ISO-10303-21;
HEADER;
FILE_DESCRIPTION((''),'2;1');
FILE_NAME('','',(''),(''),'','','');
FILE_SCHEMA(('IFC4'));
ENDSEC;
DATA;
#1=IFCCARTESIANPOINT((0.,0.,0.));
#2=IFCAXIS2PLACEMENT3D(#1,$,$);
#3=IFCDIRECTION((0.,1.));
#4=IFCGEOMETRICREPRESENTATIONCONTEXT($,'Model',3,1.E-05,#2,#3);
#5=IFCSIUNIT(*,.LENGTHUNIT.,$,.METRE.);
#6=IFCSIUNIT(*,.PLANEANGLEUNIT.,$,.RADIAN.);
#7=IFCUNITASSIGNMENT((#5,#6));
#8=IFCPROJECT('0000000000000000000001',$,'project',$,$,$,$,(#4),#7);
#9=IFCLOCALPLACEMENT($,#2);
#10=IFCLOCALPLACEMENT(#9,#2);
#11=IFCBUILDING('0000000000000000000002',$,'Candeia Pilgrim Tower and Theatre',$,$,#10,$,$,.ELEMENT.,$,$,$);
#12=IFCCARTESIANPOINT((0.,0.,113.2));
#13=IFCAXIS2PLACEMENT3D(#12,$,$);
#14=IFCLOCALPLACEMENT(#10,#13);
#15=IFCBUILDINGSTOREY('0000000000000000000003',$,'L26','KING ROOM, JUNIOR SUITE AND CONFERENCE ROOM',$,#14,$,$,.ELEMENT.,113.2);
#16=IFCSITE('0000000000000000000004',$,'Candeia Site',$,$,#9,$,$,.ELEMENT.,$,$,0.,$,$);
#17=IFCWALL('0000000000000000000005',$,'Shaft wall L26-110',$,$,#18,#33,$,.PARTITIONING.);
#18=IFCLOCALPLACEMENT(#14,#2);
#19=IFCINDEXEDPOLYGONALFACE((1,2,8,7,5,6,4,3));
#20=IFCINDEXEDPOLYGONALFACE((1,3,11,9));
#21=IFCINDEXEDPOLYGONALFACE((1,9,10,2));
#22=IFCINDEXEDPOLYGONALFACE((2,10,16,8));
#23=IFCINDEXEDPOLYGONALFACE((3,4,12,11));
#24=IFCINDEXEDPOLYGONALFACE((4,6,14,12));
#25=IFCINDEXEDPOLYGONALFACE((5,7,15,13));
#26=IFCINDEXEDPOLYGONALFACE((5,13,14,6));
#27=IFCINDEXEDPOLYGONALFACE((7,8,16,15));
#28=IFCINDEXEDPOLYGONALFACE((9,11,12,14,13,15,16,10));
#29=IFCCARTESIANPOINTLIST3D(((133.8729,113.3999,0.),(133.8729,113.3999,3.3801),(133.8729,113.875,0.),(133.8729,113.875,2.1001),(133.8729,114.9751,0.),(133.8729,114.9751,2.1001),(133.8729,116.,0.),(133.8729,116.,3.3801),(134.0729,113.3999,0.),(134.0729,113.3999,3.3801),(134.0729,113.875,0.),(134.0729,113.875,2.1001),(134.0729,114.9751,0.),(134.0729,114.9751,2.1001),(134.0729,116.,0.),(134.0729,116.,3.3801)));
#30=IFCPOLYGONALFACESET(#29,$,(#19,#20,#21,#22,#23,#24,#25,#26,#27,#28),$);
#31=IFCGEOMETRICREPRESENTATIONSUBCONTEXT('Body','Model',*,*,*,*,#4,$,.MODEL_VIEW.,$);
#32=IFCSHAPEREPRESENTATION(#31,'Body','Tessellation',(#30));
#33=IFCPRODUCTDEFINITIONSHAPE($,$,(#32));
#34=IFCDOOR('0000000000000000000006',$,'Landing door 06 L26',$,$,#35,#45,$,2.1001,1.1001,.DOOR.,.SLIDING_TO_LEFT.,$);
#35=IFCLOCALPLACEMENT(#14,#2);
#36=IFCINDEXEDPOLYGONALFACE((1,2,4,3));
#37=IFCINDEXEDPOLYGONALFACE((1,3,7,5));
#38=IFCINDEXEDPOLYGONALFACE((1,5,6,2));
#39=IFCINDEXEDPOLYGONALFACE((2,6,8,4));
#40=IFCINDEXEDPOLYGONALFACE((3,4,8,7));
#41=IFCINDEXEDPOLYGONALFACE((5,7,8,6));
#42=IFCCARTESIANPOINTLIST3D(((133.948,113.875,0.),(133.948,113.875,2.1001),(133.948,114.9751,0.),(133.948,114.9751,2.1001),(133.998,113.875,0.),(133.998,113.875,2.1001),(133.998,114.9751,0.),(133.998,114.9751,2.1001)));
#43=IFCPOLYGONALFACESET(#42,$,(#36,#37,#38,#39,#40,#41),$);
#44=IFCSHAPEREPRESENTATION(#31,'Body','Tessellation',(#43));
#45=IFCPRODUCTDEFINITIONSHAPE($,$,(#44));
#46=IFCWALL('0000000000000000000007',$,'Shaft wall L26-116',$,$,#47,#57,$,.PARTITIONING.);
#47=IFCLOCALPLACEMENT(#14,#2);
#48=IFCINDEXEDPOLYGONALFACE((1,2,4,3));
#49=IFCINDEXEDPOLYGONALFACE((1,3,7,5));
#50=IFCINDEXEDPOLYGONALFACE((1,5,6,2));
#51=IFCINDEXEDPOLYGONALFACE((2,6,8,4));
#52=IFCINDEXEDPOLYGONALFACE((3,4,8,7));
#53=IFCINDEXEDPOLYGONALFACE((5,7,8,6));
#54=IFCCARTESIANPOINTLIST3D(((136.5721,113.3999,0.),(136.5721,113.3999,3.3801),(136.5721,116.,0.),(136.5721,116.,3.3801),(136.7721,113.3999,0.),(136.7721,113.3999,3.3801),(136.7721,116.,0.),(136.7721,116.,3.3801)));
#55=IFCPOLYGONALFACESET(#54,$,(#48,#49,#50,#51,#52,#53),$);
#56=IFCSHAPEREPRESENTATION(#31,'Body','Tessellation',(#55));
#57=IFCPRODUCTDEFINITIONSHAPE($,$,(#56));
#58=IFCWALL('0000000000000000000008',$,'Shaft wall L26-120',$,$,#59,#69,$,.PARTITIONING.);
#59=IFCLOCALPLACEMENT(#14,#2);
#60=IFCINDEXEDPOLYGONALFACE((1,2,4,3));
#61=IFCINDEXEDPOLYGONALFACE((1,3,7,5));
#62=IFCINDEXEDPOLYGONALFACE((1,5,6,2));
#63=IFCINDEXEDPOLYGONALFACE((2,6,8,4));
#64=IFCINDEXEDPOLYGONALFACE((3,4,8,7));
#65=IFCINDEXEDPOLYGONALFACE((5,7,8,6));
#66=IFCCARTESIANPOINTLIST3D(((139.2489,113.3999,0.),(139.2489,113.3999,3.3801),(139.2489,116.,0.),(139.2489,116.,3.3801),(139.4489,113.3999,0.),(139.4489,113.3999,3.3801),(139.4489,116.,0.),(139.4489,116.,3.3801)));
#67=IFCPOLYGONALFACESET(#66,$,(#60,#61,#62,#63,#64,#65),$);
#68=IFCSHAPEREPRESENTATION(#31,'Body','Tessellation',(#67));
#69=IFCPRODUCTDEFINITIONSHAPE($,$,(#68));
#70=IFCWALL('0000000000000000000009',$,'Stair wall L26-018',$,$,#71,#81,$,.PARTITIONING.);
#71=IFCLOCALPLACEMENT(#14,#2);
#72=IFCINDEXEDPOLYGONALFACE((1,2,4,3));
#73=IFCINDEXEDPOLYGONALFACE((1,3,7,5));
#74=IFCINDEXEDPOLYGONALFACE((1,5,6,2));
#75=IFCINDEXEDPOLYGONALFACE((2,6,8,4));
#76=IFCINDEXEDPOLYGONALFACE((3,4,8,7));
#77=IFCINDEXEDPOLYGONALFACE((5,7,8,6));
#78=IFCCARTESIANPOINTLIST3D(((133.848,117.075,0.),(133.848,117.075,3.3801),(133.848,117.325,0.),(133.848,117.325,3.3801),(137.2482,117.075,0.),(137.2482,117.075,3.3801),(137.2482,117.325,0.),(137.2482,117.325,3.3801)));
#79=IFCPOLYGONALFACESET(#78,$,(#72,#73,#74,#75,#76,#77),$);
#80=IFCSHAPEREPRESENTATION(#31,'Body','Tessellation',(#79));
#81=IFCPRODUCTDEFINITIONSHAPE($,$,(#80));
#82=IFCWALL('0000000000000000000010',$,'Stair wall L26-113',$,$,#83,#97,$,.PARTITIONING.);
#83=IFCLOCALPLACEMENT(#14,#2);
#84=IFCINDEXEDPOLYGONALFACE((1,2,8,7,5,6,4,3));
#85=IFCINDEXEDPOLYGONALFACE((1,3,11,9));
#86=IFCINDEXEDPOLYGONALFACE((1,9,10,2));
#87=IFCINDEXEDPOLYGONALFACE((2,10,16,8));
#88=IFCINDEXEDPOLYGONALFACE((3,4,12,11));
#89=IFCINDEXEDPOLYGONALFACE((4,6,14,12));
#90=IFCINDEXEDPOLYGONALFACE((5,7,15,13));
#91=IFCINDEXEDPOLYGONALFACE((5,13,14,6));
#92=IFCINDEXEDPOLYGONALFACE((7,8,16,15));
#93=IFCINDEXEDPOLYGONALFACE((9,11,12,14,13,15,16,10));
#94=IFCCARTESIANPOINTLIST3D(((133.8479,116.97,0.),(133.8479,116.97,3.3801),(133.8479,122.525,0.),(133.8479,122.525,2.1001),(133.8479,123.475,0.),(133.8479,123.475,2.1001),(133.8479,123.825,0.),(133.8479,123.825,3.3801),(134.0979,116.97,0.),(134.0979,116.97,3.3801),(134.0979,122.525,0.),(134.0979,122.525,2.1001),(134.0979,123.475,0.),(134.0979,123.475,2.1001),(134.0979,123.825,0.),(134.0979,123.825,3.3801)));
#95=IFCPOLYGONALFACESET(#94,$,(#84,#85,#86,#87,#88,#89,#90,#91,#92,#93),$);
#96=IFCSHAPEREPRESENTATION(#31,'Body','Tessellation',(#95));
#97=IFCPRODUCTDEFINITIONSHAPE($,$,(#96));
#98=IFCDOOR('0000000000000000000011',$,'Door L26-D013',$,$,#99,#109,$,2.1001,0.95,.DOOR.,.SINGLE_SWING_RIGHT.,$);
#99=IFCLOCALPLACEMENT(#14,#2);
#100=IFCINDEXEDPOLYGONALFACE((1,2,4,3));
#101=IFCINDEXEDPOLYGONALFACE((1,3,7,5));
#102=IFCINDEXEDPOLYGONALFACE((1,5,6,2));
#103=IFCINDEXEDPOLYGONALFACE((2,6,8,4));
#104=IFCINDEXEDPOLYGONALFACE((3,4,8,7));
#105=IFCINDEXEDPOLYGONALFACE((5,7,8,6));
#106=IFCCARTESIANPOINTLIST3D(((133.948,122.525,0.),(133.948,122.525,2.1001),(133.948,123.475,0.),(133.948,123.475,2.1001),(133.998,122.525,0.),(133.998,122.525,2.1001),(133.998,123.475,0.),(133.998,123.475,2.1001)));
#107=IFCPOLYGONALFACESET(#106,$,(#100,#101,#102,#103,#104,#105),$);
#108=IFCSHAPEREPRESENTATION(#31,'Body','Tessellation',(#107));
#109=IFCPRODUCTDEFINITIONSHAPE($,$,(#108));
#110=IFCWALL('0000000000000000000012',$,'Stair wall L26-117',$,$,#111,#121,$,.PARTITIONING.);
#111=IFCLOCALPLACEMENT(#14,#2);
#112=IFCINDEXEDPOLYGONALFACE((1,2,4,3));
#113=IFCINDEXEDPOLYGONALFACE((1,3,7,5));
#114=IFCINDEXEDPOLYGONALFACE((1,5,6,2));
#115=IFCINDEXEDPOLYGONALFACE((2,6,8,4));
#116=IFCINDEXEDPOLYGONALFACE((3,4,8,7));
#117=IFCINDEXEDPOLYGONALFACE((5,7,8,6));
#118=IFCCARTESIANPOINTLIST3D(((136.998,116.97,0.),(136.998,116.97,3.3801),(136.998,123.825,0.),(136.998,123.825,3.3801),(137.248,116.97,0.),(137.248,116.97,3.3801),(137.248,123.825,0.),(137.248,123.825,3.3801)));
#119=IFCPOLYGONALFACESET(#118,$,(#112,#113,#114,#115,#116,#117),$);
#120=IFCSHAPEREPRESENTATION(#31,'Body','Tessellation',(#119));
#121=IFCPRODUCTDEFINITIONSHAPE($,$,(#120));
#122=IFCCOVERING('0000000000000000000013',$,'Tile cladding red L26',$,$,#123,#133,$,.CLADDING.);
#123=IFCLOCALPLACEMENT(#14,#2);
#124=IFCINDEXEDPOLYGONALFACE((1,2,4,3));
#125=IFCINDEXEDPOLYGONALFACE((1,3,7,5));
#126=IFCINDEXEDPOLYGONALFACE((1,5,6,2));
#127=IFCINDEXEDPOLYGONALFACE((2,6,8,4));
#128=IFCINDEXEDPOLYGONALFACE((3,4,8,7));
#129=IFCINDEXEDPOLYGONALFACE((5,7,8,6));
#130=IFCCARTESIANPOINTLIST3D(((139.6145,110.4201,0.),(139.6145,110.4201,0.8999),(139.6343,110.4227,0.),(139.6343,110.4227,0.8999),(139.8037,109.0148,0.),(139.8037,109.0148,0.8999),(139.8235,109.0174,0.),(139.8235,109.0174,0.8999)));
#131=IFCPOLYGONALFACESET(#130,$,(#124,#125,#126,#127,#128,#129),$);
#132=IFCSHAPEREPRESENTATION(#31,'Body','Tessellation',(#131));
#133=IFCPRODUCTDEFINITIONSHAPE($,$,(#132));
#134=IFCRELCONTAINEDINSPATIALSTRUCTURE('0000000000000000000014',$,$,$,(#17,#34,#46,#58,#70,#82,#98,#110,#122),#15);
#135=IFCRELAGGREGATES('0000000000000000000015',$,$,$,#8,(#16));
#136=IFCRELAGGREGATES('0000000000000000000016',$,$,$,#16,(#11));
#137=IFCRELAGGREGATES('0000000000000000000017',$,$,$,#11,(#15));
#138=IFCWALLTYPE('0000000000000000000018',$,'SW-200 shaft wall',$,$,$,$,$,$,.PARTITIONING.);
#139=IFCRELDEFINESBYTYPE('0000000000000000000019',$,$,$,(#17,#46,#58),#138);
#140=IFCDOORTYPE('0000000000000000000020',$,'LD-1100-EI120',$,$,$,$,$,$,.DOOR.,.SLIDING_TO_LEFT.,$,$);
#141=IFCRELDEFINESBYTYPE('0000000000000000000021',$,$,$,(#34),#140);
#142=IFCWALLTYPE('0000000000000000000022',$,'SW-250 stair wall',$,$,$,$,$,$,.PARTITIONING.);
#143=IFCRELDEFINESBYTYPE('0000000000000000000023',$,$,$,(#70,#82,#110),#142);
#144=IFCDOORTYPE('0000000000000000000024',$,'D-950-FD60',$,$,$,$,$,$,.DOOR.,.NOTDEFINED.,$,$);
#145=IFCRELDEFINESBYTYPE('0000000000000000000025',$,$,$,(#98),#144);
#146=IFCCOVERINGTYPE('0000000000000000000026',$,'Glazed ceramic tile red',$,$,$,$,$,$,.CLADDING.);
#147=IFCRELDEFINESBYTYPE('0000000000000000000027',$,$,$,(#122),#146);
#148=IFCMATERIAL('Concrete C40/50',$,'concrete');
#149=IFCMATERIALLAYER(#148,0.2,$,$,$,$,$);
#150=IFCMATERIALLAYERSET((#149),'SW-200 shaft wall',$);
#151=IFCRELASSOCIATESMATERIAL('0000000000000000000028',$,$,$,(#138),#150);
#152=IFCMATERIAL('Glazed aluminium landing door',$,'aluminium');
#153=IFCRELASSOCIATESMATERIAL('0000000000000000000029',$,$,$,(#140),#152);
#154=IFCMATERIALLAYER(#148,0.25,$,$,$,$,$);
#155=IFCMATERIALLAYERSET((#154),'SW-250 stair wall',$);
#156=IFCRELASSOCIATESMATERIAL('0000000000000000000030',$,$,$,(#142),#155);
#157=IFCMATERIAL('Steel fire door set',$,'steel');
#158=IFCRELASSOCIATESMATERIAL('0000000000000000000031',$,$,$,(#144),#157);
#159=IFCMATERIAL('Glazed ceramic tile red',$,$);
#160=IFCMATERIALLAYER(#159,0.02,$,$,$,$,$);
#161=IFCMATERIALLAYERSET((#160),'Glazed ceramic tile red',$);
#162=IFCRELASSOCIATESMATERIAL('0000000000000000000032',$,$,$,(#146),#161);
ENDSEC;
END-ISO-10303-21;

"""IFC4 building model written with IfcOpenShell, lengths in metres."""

from ifc_helpers import new_model, si_unit, direction, frame, frame_2d, origin, origin_2d, place, context, subcontext, project, spatial, rectangle, extrude, material, layer, layer_set, type_object, element, fill, save


model = new_model("IFC4")

# Units and contexts
model_context = context("Model", 3, precision=1e-05, world=origin(), true_north=direction((0.0, 1.0)))
body_context = subcontext(model_context, "Body", "Model", "MODEL_VIEW")
ifc_project = project(units=[si_unit("LENGTHUNIT", "METRE"), si_unit("PLANEANGLEUNIT", "RADIAN")], contexts=[model_context])

# Site, building, storey
site_placement = place(None, origin())
site = spatial("IfcSite", under=ifc_project, at=site_placement, Name="Candeia Site", CompositionType="ELEMENT", RefElevation=0.0)
building_placement = place(site_placement, origin())
building = spatial("IfcBuilding", under=site, at=building_placement, Name="Candeia Pilgrim Tower and Theatre", CompositionType="ELEMENT")
storey_placement = place(building_placement, frame((0.0, 0.0, 113.2)))
storey = spatial("IfcBuildingStorey", under=building, at=storey_placement, Name="L26", Description="KING ROOM, JUNIOR SUITE AND CONFERENCE ROOM", CompositionType="ELEMENT", Elevation=113.2)

# Shared definitions
ifc_material_1 = material(Name="Steel fire door set", Category="steel")

# Wall, opening, door
ifc_material_2 = material(Name="Concrete C40/50", Category="concrete")
ifc_layer_1 = layer(ifc_material_2, 0.2)
ifc_layer_set_1 = layer_set([ifc_layer_1], Name="SW-200 shaft wall")
wall_type_1 = type_object("IfcWallType", Name="SW-200 shaft wall", PredefinedType="PARTITIONING", material=ifc_layer_set_1)
wall_1_placement = place(storey_placement, frame((133.9729, 113.3999, 0.0), z_axis=(0.0, 0.0, 1.0), x_axis=(0.0, 1.0, 0.0)))
wall_1 = element("IfcWall", 1, at=wall_1_placement, inside=storey, type_object=wall_type_1, Name="Shaft wall L26-110", PredefinedType="PARTITIONING", context=body_context, shape_type="SweptSolid", body=[
    extrude(rectangle(XDim=2.6001, YDim=0.2, at=frame_2d((1.3, 0.0))), origin(), (0.0, 0.0, 1.0), 3.3801),
])
opening_1_placement = place(wall_1_placement, frame((0.4751, 0.0, 0.0)))
opening_1 = element("IfcOpeningElement", 2, at=opening_1_placement, cuts=wall_1, PredefinedType="OPENING", context=body_context, shape_type="SweptSolid", body=[
    extrude(rectangle(XDim=1.1001, YDim=2.1001, at=frame_2d((0.55, 1.05))), frame((0.0, 0.1099, 0.0), z_axis=(0.0, -1.0, 0.0), x_axis=(1.0, 0.0, 0.0)), (0.0, 0.0, 1.0), 0.22),
])
ifc_material_3 = material(Name="Glazed aluminium landing door", Category="aluminium")
door_type_1 = type_object("IfcDoorType", Name="LD-1100-EI120", OperationType="SLIDING_TO_LEFT", PredefinedType="DOOR", material=ifc_material_3)
door_1_placement = place(opening_1_placement, origin())
door_1 = element("IfcDoor", 3, at=door_1_placement, inside=storey, type_object=door_type_1, Name="Landing door 06 L26", OperationType="SLIDING_TO_LEFT", OverallHeight=2.1001, OverallWidth=1.1001, PredefinedType="DOOR", context=body_context, shape_type="SweptSolid", body=[
    extrude(rectangle(XDim=1.1001, YDim=2.1001, at=frame_2d((0.55, 1.05))), frame((0.0, 0.0249, 0.0), z_axis=(0.0, -1.0, 0.0), x_axis=(1.0, 0.0, 0.0)), (0.0, 0.0, 1.0), 0.05),
])
fill(opening_1, door_1)

# Walls
for number, where, z_axis, x_axis, name in (
    (4, (136.6721, 113.3999, 0.0), (0.0, 0.0, 1.0), (0.0, 1.0, 0.0), "Shaft wall L26-116"),
    (5, (139.3489, 113.3999, 0.0), (0.0, 0.0, 1.0), (0.0, 1.0, 0.0), "Shaft wall L26-120"),
):
    element("IfcWall", number, at=place(storey_placement, frame(where, z_axis=z_axis, x_axis=x_axis)), inside=storey, type_object=wall_type_1, Name=name, PredefinedType="PARTITIONING", context=body_context, shape_type="SweptSolid", body=[
        extrude(rectangle(XDim=2.6001, YDim=0.2, at=frame_2d((1.3, 0.0))), origin(), (0.0, 0.0, 1.0), 3.3801),
    ])
ifc_layer_2 = layer(ifc_material_2, 0.25)
ifc_layer_set_2 = layer_set([ifc_layer_2], Name="SW-250 stair wall")
wall_type_2 = type_object("IfcWallType", Name="SW-250 stair wall", PredefinedType="PARTITIONING", material=ifc_layer_set_2)
wall_2_placement = place(storey_placement, frame((133.8479, 117.2, 0.0), z_axis=(0.0, 0.0, 1.0), x_axis=(1.0, 0.0, 0.0)))
element("IfcWall", 6, at=wall_2_placement, inside=storey, type_object=wall_type_2, Name="Stair wall L26-018", PredefinedType="PARTITIONING", context=body_context, shape_type="SweptSolid", body=[
    extrude(rectangle(XDim=3.4001, YDim=0.25, at=frame_2d((1.7002, 0.0))), origin(), (0.0, 0.0, 1.0), 3.3801),
])

# Wall, opening, door
wall_3_placement = place(storey_placement, frame((133.9729, 116.97, 0.0), z_axis=(0.0, 0.0, 1.0), x_axis=(0.0, 1.0, 0.0)))
wall_3 = element("IfcWall", 7, at=wall_3_placement, inside=storey, type_object=wall_type_2, Name="Stair wall L26-113", PredefinedType="PARTITIONING", context=body_context, shape_type="SweptSolid", body=[
    extrude(rectangle(XDim=6.855, YDim=0.25, at=frame_2d((3.4275, 0.0))), origin(), (0.0, 0.0, 1.0), 3.3801),
])
opening_2_placement = place(wall_3_placement, frame((5.5549, 0.0, 0.0)))
opening_2 = element("IfcOpeningElement", 8, at=opening_2_placement, cuts=wall_3, PredefinedType="OPENING", context=body_context, shape_type="SweptSolid", body=[
    extrude(rectangle(XDim=0.95, YDim=2.1001, at=frame_2d((0.4751, 1.05))), frame((0.0, 0.135, 0.0), z_axis=(0.0, -1.0, 0.0), x_axis=(1.0, 0.0, 0.0)), (0.0, 0.0, 1.0), 0.27),
])
door_type_2 = type_object("IfcDoorType", Name="D-950-FD60", OperationType="NOTDEFINED", PredefinedType="DOOR", material=ifc_material_1)
door_2_placement = place(opening_2_placement, origin())
door_2 = element("IfcDoor", 9, at=door_2_placement, inside=storey, type_object=door_type_2, Name="Door L26-D013", OperationType="SINGLE_SWING_RIGHT", OverallHeight=2.1001, OverallWidth=0.95, PredefinedType="DOOR", context=body_context, shape_type="SweptSolid", body=[
    extrude(rectangle(XDim=0.95, YDim=2.1001, at=frame_2d((0.4751, 1.05))), frame((0.0, 0.0249, 0.0), z_axis=(0.0, -1.0, 0.0), x_axis=(1.0, 0.0, 0.0)), (0.0, 0.0, 1.0), 0.05),
])
fill(opening_2, door_2)

# Wall
wall_4_placement = place(storey_placement, frame((137.123, 116.97, 0.0), z_axis=(0.0, 0.0, 1.0), x_axis=(0.0, 1.0, 0.0)))
element("IfcWall", 10, at=wall_4_placement, inside=storey, type_object=wall_type_2, Name="Stair wall L26-117", PredefinedType="PARTITIONING", context=body_context, shape_type="SweptSolid", body=[
    extrude(rectangle(XDim=6.855, YDim=0.25, at=frame_2d((3.4275, 0.0))), origin(), (0.0, 0.0, 1.0), 3.3801),
])

# Covering
ifc_material_4 = material(Name="Glazed ceramic tile red")
ifc_layer_3 = layer(ifc_material_4, 0.02)
ifc_layer_set_3 = layer_set([ifc_layer_3], Name="Glazed ceramic tile red")
covering_type = type_object("IfcCoveringType", Name="Glazed ceramic tile red", PredefinedType="CLADDING", material=ifc_layer_set_3)
covering_placement = place(storey_placement, frame((139.719, 109.7188, 0.0), z_axis=(0.0, 0.0, 1.0), x_axis=(-0.133412, 0.991061, 0.0)))
element("IfcCovering", 11, at=covering_placement, inside=storey, type_object=covering_type, Name="Tile cladding red L26", PredefinedType="CLADDING", context=body_context, shape_type="SweptSolid", body=[
    extrude(rectangle(XDim=1.418, YDim=0.02, at=origin_2d()), origin(), (0.0, 0.0, 1.0), 0.8999),
])

save(model, "model.ifc")
